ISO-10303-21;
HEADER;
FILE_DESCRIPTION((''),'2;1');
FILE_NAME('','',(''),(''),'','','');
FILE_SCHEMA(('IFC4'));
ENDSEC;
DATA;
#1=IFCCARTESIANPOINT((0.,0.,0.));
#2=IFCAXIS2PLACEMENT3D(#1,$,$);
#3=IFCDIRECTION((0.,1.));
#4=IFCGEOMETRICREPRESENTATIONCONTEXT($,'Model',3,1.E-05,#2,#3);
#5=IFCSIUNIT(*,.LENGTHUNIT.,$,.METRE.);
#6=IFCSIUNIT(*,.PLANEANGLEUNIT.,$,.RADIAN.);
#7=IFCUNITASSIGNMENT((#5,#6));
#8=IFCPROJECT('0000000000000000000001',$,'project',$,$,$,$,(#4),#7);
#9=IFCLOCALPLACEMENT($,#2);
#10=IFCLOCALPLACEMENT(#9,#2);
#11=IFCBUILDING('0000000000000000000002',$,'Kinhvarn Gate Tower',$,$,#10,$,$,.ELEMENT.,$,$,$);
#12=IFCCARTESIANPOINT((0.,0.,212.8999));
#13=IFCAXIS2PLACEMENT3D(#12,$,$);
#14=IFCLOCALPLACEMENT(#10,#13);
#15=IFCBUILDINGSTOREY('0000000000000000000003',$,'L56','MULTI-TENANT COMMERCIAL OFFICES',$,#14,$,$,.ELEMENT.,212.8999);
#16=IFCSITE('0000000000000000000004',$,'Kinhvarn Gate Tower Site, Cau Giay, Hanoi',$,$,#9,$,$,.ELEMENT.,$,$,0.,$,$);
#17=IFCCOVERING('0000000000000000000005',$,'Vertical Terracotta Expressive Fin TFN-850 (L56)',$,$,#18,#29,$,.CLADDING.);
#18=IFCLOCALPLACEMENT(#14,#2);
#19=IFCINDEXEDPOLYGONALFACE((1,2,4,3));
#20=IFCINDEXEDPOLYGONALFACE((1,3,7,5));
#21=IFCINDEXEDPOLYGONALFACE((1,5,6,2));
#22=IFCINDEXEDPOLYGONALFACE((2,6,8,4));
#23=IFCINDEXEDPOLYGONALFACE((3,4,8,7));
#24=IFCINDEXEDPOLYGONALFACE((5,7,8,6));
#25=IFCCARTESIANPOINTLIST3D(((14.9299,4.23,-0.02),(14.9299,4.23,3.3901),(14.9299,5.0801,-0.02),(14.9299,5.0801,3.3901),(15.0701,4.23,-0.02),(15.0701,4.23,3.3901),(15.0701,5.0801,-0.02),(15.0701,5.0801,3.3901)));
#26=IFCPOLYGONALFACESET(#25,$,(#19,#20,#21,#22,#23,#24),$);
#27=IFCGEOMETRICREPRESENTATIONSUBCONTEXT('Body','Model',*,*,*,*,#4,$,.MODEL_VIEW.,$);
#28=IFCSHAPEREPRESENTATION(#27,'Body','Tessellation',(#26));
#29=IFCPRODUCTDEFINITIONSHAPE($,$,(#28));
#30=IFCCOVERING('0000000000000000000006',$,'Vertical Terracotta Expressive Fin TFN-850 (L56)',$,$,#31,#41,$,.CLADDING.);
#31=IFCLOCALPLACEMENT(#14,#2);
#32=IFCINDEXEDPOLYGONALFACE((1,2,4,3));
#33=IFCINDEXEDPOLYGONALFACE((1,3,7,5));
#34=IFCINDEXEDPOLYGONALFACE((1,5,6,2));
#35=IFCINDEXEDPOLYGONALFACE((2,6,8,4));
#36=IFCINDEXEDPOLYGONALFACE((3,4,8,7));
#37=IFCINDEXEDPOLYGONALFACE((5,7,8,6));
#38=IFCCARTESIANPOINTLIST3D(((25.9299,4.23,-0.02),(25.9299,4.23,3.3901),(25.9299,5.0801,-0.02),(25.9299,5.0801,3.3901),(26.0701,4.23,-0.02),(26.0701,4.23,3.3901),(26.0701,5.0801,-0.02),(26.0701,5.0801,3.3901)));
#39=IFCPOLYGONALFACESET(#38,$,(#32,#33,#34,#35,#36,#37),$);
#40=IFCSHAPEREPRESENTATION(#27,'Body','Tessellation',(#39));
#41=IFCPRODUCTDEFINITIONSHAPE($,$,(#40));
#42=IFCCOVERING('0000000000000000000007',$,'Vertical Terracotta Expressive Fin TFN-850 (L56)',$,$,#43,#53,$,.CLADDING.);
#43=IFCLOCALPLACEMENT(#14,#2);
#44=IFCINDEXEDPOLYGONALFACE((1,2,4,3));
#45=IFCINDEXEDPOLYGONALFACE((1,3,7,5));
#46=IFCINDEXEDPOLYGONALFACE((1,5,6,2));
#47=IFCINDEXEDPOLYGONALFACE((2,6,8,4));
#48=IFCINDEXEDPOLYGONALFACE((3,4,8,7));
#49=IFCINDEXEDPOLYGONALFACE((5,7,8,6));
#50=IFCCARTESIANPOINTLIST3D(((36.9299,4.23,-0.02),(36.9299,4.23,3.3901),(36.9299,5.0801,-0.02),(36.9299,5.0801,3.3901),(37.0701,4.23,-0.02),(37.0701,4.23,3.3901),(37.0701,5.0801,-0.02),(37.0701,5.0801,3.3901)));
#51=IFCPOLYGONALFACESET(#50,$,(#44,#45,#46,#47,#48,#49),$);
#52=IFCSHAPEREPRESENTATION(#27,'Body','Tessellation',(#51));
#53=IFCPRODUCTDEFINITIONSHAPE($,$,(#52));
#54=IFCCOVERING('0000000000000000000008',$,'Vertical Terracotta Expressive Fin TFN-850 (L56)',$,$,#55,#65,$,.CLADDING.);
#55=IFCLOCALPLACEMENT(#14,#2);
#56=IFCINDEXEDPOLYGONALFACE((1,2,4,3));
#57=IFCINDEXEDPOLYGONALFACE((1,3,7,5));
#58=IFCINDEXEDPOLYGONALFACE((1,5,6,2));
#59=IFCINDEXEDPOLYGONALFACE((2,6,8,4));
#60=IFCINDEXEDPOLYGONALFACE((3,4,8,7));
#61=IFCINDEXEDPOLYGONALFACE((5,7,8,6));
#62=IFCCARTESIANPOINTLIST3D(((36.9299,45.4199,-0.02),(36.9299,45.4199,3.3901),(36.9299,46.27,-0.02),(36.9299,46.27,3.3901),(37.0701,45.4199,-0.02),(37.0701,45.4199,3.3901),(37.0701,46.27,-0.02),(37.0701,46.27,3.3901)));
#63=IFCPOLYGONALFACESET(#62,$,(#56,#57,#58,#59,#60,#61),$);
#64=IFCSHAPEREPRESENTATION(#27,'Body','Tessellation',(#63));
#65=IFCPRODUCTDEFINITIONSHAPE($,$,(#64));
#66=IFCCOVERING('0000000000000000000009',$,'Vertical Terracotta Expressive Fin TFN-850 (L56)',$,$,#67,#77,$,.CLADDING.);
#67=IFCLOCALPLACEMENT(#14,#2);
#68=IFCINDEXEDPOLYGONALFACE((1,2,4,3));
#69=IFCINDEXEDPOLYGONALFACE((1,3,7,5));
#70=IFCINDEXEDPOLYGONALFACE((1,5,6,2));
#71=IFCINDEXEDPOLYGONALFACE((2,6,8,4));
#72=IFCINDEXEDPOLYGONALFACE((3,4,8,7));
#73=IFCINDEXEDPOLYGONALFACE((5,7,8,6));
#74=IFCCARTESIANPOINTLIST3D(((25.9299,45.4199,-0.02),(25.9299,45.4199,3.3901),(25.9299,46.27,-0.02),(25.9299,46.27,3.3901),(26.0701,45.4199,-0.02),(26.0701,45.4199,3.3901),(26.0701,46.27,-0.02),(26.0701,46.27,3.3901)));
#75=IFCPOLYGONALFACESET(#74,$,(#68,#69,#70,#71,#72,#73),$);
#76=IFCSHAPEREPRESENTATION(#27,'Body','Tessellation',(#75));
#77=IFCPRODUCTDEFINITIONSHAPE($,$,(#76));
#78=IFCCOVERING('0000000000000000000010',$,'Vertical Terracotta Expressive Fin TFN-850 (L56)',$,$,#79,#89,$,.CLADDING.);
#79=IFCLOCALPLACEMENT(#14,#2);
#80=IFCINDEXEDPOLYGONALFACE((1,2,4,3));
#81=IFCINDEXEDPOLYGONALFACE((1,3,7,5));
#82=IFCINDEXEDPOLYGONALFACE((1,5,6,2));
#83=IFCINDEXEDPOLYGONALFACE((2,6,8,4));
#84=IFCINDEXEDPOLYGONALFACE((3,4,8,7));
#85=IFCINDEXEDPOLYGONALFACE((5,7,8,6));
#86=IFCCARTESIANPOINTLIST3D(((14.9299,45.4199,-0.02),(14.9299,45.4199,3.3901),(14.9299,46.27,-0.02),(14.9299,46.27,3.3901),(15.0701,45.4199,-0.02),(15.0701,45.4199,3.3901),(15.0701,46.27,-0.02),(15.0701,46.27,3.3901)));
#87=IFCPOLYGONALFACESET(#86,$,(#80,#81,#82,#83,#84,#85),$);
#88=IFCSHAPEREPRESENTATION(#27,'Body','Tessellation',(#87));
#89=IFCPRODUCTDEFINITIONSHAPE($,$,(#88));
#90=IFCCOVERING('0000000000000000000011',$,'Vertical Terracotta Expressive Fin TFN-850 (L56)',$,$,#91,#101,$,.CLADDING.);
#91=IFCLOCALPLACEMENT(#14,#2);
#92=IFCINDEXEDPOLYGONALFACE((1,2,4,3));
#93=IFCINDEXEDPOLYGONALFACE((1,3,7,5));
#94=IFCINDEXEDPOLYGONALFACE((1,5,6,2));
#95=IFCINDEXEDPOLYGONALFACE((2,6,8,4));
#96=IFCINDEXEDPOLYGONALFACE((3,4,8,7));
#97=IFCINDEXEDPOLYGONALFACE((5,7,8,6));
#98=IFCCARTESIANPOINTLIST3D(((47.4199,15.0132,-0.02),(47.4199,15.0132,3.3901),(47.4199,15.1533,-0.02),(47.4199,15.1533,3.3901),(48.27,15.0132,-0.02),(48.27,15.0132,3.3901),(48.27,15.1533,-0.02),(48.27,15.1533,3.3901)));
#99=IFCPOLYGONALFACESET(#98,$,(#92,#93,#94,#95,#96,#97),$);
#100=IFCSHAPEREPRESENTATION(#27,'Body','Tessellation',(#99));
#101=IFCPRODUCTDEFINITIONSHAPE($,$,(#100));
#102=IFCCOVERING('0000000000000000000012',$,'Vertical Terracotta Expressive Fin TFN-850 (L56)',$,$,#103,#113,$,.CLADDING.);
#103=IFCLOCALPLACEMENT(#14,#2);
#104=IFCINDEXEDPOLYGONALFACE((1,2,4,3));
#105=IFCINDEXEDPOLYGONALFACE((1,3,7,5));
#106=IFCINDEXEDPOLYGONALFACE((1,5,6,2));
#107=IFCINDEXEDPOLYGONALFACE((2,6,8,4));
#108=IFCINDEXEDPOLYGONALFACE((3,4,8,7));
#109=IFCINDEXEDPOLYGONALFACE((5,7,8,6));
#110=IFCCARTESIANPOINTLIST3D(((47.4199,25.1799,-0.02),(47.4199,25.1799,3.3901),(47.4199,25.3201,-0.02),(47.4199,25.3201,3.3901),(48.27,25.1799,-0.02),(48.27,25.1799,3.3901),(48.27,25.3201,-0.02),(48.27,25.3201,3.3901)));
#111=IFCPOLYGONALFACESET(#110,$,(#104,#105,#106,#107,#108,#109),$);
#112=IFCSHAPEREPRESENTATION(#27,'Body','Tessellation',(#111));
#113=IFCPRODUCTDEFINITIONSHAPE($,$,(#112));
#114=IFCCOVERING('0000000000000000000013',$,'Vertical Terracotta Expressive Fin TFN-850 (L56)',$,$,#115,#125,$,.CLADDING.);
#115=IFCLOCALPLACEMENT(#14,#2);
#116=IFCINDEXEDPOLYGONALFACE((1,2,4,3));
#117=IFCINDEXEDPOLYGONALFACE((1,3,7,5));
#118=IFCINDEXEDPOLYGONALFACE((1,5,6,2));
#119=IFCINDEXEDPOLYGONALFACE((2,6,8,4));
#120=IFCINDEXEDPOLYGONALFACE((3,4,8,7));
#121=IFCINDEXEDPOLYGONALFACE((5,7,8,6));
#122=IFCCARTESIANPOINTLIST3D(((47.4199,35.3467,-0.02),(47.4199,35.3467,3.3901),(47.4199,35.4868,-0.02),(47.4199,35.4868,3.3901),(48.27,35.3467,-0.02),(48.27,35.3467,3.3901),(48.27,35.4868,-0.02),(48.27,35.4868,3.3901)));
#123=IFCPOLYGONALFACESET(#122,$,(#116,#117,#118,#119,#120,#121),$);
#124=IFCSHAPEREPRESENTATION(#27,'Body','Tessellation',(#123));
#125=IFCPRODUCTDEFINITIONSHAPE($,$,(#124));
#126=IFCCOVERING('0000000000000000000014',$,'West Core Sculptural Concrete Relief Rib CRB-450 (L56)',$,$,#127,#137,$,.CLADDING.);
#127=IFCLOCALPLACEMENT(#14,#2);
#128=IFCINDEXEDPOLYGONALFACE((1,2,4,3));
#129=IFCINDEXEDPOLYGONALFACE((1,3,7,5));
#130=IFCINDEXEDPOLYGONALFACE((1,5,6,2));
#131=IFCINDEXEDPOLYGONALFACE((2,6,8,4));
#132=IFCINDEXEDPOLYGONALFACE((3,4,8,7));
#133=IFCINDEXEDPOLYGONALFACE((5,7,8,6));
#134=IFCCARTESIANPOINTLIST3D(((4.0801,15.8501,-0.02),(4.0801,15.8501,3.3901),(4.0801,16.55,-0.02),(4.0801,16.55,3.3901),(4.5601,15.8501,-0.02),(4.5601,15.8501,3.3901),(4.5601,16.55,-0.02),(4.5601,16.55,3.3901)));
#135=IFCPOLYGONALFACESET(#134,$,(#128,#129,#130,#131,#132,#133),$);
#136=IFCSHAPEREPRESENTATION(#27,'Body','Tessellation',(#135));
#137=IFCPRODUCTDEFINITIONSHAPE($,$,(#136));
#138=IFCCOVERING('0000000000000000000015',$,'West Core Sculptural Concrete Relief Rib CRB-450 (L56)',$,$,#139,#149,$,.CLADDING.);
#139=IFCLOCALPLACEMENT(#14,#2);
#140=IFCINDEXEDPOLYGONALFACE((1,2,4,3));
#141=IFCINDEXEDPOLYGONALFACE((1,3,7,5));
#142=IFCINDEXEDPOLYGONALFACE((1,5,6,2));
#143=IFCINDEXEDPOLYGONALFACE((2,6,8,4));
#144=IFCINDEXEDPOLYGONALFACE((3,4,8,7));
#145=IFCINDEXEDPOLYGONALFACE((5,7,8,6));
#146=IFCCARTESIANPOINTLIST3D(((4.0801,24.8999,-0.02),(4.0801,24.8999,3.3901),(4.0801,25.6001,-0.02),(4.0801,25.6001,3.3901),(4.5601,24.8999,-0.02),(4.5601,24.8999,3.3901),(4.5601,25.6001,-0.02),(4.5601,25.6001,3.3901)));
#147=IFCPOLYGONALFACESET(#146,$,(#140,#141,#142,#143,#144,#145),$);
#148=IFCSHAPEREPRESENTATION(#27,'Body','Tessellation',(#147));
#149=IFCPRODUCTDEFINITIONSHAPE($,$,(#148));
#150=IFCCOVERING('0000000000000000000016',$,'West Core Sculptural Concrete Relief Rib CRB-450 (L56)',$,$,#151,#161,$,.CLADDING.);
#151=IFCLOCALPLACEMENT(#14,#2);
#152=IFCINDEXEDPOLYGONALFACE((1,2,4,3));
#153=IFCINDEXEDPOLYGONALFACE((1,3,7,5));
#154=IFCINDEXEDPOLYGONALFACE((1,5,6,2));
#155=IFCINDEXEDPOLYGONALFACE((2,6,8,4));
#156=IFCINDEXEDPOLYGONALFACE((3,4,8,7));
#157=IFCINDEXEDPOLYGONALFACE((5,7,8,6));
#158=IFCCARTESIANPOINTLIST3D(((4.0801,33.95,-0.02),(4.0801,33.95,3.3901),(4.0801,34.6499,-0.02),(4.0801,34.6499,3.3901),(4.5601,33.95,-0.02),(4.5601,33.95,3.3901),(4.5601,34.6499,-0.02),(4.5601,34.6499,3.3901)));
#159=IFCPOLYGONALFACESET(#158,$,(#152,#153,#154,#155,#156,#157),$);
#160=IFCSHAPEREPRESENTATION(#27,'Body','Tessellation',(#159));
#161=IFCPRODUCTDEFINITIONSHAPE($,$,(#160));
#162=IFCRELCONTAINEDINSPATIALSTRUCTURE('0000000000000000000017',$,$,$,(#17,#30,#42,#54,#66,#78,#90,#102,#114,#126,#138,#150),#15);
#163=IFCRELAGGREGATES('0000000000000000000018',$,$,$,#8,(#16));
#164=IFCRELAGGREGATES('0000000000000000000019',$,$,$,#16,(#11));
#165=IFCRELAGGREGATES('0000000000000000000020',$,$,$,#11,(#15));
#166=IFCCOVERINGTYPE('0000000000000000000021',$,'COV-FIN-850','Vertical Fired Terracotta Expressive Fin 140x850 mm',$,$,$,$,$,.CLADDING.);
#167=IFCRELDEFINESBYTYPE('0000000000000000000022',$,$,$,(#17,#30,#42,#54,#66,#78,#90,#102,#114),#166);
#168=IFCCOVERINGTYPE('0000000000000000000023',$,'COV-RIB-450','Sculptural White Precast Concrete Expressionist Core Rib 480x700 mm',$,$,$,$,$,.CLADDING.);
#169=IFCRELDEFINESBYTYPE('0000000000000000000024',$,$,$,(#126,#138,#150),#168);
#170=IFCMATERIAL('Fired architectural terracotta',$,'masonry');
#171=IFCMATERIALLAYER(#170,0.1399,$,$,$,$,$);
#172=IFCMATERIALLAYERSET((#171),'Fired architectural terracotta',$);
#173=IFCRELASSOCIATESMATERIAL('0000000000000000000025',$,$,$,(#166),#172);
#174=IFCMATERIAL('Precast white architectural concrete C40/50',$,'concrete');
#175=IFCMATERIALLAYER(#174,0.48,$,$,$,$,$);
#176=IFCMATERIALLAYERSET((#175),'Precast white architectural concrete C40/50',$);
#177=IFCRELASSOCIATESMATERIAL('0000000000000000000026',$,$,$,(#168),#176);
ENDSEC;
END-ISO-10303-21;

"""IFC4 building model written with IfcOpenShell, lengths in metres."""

from ifc_helpers import new_model, si_unit, direction, frame, origin, place, context, subcontext, project, spatial, polyline, outline, extrude, material, layer, layer_set, type_object, element, save


model = new_model("IFC4")

# Units and contexts
model_context = context("Model", 3, precision=1e-05, world=origin(), true_north=direction((0.0, 1.0)))
body_context = subcontext(model_context, "Body", "Model", "MODEL_VIEW")
ifc_project = project(units=[si_unit("LENGTHUNIT", "METRE"), si_unit("PLANEANGLEUNIT", "RADIAN")], contexts=[model_context])

# Site, building, storey
site_placement = place(None, origin())
site = spatial("IfcSite", under=ifc_project, at=site_placement, Name="Kinhvarn Gate Tower Site, Cau Giay, Hanoi", CompositionType="ELEMENT", RefElevation=0.0)
building_placement = place(site_placement, origin())
building = spatial("IfcBuilding", under=site, at=building_placement, Name="Kinhvarn Gate Tower", CompositionType="ELEMENT")
storey_placement = place(building_placement, frame((0.0, 0.0, 212.8999)))
storey = spatial("IfcBuildingStorey", under=building, at=storey_placement, Name="L56", Description="MULTI-TENANT COMMERCIAL OFFICES", CompositionType="ELEMENT", Elevation=212.8999)

# Shared definitions
ifc_material_1 = material(Name="Precast white architectural concrete C40/50", Category="concrete")

# Coverings
ifc_material_2 = material(Name="Fired architectural terracotta", Category="masonry")
ifc_layer_1 = layer(ifc_material_2, 0.1399)
ifc_layer_set_1 = layer_set([ifc_layer_1], Name="Fired architectural terracotta")
covering_type_1 = type_object("IfcCoveringType", Name="COV-FIN-850", Description="Vertical Fired Terracotta Expressive Fin 140x850 mm", PredefinedType="CLADDING", material=ifc_layer_set_1)
covering_1_placement = place(storey_placement, frame((0.0, 0.0, -0.02)))
element("IfcCovering", 1, at=covering_1_placement, inside=storey, type_object=covering_type_1, Name="Vertical Terracotta Expressive Fin TFN-850 (L56)", PredefinedType="CLADDING", context=body_context, shape_type="SweptSolid", body=[
    extrude(outline(polyline([(14.9299, 5.0801), (15.0701, 5.0801), (15.0701, 4.23), (14.9299, 4.23), (14.9299, 5.0801)])), origin(), (0.0, 0.0, 1.0), 3.4102),
])
covering_2_placement = place(storey_placement, frame((0.0, 0.0, -0.02)))
element("IfcCovering", 2, at=covering_2_placement, inside=storey, type_object=covering_type_1, Name="Vertical Terracotta Expressive Fin TFN-850 (L56)", PredefinedType="CLADDING", context=body_context, shape_type="SweptSolid", body=[
    extrude(outline(polyline([(25.9299, 5.0801), (26.0701, 5.0801), (26.0701, 4.23), (25.9299, 4.23), (25.9299, 5.0801)])), origin(), (0.0, 0.0, 1.0), 3.4102),
])
covering_3_placement = place(storey_placement, frame((0.0, 0.0, -0.02)))
element("IfcCovering", 3, at=covering_3_placement, inside=storey, type_object=covering_type_1, Name="Vertical Terracotta Expressive Fin TFN-850 (L56)", PredefinedType="CLADDING", context=body_context, shape_type="SweptSolid", body=[
    extrude(outline(polyline([(36.9299, 5.0801), (37.0701, 5.0801), (37.0701, 4.23), (36.9299, 4.23), (36.9299, 5.0801)])), origin(), (0.0, 0.0, 1.0), 3.4102),
])
covering_4_placement = place(storey_placement, frame((0.0, 0.0, -0.02)))
element("IfcCovering", 4, at=covering_4_placement, inside=storey, type_object=covering_type_1, Name="Vertical Terracotta Expressive Fin TFN-850 (L56)", PredefinedType="CLADDING", context=body_context, shape_type="SweptSolid", body=[
    extrude(outline(polyline([(37.0701, 45.4199), (36.9299, 45.4199), (36.9299, 46.27), (37.0701, 46.27), (37.0701, 45.4199)])), origin(), (0.0, 0.0, 1.0), 3.4102),
])
covering_5_placement = place(storey_placement, frame((0.0, 0.0, -0.02)))
element("IfcCovering", 5, at=covering_5_placement, inside=storey, type_object=covering_type_1, Name="Vertical Terracotta Expressive Fin TFN-850 (L56)", PredefinedType="CLADDING", context=body_context, shape_type="SweptSolid", body=[
    extrude(outline(polyline([(26.0701, 45.4199), (25.9299, 45.4199), (25.9299, 46.27), (26.0701, 46.27), (26.0701, 45.4199)])), origin(), (0.0, 0.0, 1.0), 3.4102),
])
covering_6_placement = place(storey_placement, frame((0.0, 0.0, -0.02)))
element("IfcCovering", 6, at=covering_6_placement, inside=storey, type_object=covering_type_1, Name="Vertical Terracotta Expressive Fin TFN-850 (L56)", PredefinedType="CLADDING", context=body_context, shape_type="SweptSolid", body=[
    extrude(outline(polyline([(15.0701, 45.4199), (14.9299, 45.4199), (14.9299, 46.27), (15.0701, 46.27), (15.0701, 45.4199)])), origin(), (0.0, 0.0, 1.0), 3.4102),
])
covering_7_placement = place(storey_placement, frame((0.0, 0.0, -0.02)))
element("IfcCovering", 7, at=covering_7_placement, inside=storey, type_object=covering_type_1, Name="Vertical Terracotta Expressive Fin TFN-850 (L56)", PredefinedType="CLADDING", context=body_context, shape_type="SweptSolid", body=[
    extrude(outline(polyline([(47.4199, 15.0132), (47.4199, 15.1533), (48.27, 15.1533), (48.27, 15.0132), (47.4199, 15.0132)])), origin(), (0.0, 0.0, 1.0), 3.4102),
])
covering_8_placement = place(storey_placement, frame((0.0, 0.0, -0.02)))
element("IfcCovering", 8, at=covering_8_placement, inside=storey, type_object=covering_type_1, Name="Vertical Terracotta Expressive Fin TFN-850 (L56)", PredefinedType="CLADDING", context=body_context, shape_type="SweptSolid", body=[
    extrude(outline(polyline([(47.4199, 25.1799), (47.4199, 25.3201), (48.27, 25.3201), (48.27, 25.1799), (47.4199, 25.1799)])), origin(), (0.0, 0.0, 1.0), 3.4102),
])
covering_9_placement = place(storey_placement, frame((0.0, 0.0, -0.02)))
element("IfcCovering", 9, at=covering_9_placement, inside=storey, type_object=covering_type_1, Name="Vertical Terracotta Expressive Fin TFN-850 (L56)", PredefinedType="CLADDING", context=body_context, shape_type="SweptSolid", body=[
    extrude(outline(polyline([(47.4199, 35.3467), (47.4199, 35.4868), (48.27, 35.4868), (48.27, 35.3467), (47.4199, 35.3467)])), origin(), (0.0, 0.0, 1.0), 3.4102),
])
ifc_layer_2 = layer(ifc_material_1, 0.48)
ifc_layer_set_2 = layer_set([ifc_layer_2], Name="Precast white architectural concrete C40/50")
covering_type_2 = type_object("IfcCoveringType", Name="COV-RIB-450", Description="Sculptural White Precast Concrete Expressionist Core Rib 480x700 mm", PredefinedType="CLADDING", material=ifc_layer_set_2)
covering_10_placement = place(storey_placement, frame((0.0, 0.0, -0.02)))
element("IfcCovering", 10, at=covering_10_placement, inside=storey, type_object=covering_type_2, Name="West Core Sculptural Concrete Relief Rib CRB-450 (L56)", PredefinedType="CLADDING", context=body_context, shape_type="SweptSolid", body=[
    extrude(outline(polyline([(4.0801, 15.8501), (4.5601, 15.8501), (4.5601, 16.55), (4.0801, 16.55), (4.0801, 15.8501)])), origin(), (0.0, 0.0, 1.0), 3.4102),
])
covering_11_placement = place(storey_placement, frame((0.0, 0.0, -0.02)))
element("IfcCovering", 11, at=covering_11_placement, inside=storey, type_object=covering_type_2, Name="West Core Sculptural Concrete Relief Rib CRB-450 (L56)", PredefinedType="CLADDING", context=body_context, shape_type="SweptSolid", body=[
    extrude(outline(polyline([(4.0801, 24.8999), (4.5601, 24.8999), (4.5601, 25.6001), (4.0801, 25.6001), (4.0801, 24.8999)])), origin(), (0.0, 0.0, 1.0), 3.4102),
])
covering_12_placement = place(storey_placement, frame((0.0, 0.0, -0.02)))
element("IfcCovering", 12, at=covering_12_placement, inside=storey, type_object=covering_type_2, Name="West Core Sculptural Concrete Relief Rib CRB-450 (L56)", PredefinedType="CLADDING", context=body_context, shape_type="SweptSolid", body=[
    extrude(outline(polyline([(4.0801, 33.95), (4.5601, 33.95), (4.5601, 34.6499), (4.0801, 34.6499), (4.0801, 33.95)])), origin(), (0.0, 0.0, 1.0), 3.4102),
])

save(model, "model.ifc")
